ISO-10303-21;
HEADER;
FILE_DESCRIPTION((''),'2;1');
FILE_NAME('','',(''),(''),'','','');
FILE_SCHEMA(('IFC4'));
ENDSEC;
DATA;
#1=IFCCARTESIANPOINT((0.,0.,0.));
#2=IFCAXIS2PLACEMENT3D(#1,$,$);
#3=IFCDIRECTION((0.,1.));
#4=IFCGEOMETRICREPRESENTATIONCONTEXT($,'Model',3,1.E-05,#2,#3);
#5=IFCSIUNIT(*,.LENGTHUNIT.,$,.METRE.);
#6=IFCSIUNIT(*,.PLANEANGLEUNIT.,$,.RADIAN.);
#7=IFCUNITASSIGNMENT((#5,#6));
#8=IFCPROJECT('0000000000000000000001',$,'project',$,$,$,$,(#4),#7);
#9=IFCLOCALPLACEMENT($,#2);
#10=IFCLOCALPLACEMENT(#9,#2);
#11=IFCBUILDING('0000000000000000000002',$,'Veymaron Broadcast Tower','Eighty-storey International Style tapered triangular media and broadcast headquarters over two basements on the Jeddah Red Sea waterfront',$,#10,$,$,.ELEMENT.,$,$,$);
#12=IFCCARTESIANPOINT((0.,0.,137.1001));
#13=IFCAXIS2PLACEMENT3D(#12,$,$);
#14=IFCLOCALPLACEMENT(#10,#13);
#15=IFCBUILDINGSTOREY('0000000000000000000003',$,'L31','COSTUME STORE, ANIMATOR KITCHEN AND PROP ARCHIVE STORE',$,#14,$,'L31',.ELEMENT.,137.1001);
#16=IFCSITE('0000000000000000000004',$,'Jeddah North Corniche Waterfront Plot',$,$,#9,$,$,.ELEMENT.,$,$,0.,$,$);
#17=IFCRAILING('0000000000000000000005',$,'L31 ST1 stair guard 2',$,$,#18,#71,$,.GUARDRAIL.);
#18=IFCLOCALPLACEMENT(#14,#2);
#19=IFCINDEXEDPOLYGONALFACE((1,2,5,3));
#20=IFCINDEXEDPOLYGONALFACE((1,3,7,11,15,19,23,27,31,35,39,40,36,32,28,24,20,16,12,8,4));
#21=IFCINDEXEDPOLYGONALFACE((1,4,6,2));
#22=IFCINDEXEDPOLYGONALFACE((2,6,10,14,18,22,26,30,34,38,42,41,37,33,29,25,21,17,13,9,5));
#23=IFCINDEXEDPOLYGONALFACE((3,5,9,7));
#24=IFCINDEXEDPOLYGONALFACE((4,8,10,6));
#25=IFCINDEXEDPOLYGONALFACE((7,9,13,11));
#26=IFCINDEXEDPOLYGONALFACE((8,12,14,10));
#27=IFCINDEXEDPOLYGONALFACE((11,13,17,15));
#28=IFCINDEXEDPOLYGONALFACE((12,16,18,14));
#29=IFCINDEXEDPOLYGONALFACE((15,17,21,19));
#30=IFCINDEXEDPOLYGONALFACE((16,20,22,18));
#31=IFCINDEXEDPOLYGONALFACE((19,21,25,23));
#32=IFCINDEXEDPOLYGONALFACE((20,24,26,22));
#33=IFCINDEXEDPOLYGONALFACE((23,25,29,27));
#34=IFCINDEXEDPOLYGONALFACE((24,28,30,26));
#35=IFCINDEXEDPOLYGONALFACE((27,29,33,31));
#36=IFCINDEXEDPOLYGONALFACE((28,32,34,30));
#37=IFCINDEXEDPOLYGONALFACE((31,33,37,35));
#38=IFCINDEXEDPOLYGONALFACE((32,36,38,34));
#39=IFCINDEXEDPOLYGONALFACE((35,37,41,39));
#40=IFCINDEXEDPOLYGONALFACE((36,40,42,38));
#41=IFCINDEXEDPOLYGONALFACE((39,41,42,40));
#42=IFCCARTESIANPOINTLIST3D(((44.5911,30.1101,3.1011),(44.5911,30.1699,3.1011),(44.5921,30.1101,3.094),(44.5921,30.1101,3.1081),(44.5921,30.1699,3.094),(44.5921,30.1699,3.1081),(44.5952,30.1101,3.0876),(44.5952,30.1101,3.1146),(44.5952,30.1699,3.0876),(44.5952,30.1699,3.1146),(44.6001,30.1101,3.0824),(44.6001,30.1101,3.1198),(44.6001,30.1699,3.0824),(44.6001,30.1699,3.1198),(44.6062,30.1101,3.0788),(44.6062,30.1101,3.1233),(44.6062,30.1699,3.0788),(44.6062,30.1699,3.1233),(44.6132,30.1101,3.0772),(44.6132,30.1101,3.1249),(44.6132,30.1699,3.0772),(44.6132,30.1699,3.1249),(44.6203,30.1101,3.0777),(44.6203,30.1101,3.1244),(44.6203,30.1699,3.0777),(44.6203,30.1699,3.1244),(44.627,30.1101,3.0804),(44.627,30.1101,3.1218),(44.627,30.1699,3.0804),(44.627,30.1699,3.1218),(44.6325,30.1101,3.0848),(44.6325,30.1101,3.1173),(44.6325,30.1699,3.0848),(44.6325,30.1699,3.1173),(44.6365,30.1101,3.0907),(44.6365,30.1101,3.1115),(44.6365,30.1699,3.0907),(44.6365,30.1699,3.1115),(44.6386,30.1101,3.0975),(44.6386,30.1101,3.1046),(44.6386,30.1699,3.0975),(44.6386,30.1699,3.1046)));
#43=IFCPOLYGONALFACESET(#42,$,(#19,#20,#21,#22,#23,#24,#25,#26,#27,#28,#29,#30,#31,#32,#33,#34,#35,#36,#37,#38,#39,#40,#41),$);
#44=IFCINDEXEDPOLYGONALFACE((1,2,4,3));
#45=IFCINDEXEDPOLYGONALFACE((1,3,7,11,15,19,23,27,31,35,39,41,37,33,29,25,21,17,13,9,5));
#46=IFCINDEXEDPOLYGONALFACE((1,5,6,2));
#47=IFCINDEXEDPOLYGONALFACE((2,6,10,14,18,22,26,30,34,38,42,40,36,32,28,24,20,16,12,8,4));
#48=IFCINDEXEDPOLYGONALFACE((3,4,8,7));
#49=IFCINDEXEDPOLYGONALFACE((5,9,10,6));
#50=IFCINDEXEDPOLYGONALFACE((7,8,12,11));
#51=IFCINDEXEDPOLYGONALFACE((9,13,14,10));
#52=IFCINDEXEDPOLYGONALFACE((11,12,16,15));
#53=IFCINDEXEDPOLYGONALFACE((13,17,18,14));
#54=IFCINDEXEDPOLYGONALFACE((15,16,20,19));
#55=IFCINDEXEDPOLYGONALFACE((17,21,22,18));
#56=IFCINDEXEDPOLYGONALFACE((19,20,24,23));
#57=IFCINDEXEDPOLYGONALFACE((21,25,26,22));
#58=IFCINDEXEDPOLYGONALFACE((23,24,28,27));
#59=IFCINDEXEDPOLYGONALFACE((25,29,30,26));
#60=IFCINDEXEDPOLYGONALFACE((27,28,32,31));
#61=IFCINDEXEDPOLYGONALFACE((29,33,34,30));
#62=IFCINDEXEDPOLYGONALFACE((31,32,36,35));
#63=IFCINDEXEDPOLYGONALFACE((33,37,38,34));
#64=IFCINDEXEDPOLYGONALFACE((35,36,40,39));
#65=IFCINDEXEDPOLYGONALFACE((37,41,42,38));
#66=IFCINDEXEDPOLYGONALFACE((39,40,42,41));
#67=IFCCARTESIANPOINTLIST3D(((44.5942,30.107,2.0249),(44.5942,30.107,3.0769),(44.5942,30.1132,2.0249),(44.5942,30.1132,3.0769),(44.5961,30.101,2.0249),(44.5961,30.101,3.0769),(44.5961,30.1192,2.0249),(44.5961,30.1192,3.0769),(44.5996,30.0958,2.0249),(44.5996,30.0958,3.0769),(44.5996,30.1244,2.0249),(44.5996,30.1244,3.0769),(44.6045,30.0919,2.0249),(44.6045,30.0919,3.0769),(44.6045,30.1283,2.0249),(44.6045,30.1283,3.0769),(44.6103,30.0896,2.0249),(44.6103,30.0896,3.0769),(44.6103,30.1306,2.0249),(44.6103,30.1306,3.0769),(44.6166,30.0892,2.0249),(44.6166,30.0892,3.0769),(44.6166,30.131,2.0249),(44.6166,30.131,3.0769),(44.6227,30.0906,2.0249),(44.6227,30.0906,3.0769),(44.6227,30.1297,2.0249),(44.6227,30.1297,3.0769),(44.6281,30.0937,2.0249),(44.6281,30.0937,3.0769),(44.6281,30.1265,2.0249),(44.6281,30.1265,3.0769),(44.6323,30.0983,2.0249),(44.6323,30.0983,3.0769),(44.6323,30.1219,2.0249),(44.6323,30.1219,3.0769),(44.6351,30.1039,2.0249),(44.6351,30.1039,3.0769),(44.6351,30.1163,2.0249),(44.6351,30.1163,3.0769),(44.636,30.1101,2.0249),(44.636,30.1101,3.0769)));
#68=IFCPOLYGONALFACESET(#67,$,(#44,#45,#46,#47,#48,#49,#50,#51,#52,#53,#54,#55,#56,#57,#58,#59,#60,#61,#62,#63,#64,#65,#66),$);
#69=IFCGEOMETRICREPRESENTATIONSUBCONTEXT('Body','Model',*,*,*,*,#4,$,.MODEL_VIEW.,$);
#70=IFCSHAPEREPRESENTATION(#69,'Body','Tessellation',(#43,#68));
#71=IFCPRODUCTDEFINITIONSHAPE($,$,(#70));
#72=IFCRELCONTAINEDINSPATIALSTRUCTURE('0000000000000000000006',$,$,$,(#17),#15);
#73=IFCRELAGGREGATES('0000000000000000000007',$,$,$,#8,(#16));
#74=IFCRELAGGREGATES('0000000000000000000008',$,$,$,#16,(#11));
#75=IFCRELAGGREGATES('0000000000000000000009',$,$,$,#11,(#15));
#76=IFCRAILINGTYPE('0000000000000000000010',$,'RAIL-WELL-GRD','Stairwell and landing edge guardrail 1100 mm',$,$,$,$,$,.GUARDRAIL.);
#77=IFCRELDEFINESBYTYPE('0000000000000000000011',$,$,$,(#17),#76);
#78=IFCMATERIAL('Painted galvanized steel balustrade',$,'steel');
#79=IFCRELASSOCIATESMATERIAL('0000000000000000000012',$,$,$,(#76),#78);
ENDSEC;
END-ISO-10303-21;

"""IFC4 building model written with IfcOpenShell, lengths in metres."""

from ifc_helpers import new_model, si_unit, direction, frame, origin, origin_2d, place, context, subcontext, project, spatial, circle, extrude, material, type_object, element, save


model = new_model("IFC4")

# Units and contexts
model_context = context("Model", 3, precision=1e-05, world=origin(), true_north=direction((0.0, 1.0)))
body_context = subcontext(model_context, "Body", "Model", "MODEL_VIEW")
ifc_project = project(units=[si_unit("LENGTHUNIT", "METRE"), si_unit("PLANEANGLEUNIT", "RADIAN")], contexts=[model_context])

# Site, building, storey
site_placement = place(None, origin())
site = spatial("IfcSite", under=ifc_project, at=site_placement, Name="Jeddah North Corniche Waterfront Plot", CompositionType="ELEMENT", RefElevation=0.0)
building_placement = place(site_placement, origin())
building = spatial("IfcBuilding", under=site, at=building_placement, Name="Veymaron Broadcast Tower", Description="Eighty-storey International Style tapered triangular media and broadcast headquarters over two basements on the Jeddah Red Sea waterfront", CompositionType="ELEMENT")
storey_placement = place(building_placement, frame((0.0, 0.0, 137.1001)))
storey = spatial("IfcBuildingStorey", under=building, at=storey_placement, Name="L31", Description="COSTUME STORE, ANIMATOR KITCHEN AND PROP ARCHIVE STORE", LongName="L31", CompositionType="ELEMENT", Elevation=137.1001)

# Railing
ifc_material_1 = material(Name="Painted galvanized steel balustrade", Category="steel")
railing_type_1 = type_object("IfcRailingType", Name="RAIL-WELL-GRD", Description="Stairwell and landing edge guardrail 1100 mm", PredefinedType="GUARDRAIL", material=ifc_material_1)
railing_1_placement = place(storey_placement, frame((44.615, 30.1101, 2.0249)))
element("IfcRailing", 1, at=railing_1_placement, inside=storey, type_object=railing_type_1, Name="L31 ST1 stair guard 2", PredefinedType="GUARDRAIL", context=body_context, shape_type="SweptSolid", body=[
    extrude(circle(Radius=0.0239, at=origin_2d()), frame((0.0, 0.0, 1.0762), z_axis=(0.0, 1.0, 0.0), x_axis=(-1.0, 0.0, 0.0)), (0.0, 0.0, 1.0), 0.0598),
    extrude(circle(Radius=0.021, at=origin_2d()), origin(), (0.0, 0.0, 1.0), 1.052),
])

save(model, "model.ifc")
